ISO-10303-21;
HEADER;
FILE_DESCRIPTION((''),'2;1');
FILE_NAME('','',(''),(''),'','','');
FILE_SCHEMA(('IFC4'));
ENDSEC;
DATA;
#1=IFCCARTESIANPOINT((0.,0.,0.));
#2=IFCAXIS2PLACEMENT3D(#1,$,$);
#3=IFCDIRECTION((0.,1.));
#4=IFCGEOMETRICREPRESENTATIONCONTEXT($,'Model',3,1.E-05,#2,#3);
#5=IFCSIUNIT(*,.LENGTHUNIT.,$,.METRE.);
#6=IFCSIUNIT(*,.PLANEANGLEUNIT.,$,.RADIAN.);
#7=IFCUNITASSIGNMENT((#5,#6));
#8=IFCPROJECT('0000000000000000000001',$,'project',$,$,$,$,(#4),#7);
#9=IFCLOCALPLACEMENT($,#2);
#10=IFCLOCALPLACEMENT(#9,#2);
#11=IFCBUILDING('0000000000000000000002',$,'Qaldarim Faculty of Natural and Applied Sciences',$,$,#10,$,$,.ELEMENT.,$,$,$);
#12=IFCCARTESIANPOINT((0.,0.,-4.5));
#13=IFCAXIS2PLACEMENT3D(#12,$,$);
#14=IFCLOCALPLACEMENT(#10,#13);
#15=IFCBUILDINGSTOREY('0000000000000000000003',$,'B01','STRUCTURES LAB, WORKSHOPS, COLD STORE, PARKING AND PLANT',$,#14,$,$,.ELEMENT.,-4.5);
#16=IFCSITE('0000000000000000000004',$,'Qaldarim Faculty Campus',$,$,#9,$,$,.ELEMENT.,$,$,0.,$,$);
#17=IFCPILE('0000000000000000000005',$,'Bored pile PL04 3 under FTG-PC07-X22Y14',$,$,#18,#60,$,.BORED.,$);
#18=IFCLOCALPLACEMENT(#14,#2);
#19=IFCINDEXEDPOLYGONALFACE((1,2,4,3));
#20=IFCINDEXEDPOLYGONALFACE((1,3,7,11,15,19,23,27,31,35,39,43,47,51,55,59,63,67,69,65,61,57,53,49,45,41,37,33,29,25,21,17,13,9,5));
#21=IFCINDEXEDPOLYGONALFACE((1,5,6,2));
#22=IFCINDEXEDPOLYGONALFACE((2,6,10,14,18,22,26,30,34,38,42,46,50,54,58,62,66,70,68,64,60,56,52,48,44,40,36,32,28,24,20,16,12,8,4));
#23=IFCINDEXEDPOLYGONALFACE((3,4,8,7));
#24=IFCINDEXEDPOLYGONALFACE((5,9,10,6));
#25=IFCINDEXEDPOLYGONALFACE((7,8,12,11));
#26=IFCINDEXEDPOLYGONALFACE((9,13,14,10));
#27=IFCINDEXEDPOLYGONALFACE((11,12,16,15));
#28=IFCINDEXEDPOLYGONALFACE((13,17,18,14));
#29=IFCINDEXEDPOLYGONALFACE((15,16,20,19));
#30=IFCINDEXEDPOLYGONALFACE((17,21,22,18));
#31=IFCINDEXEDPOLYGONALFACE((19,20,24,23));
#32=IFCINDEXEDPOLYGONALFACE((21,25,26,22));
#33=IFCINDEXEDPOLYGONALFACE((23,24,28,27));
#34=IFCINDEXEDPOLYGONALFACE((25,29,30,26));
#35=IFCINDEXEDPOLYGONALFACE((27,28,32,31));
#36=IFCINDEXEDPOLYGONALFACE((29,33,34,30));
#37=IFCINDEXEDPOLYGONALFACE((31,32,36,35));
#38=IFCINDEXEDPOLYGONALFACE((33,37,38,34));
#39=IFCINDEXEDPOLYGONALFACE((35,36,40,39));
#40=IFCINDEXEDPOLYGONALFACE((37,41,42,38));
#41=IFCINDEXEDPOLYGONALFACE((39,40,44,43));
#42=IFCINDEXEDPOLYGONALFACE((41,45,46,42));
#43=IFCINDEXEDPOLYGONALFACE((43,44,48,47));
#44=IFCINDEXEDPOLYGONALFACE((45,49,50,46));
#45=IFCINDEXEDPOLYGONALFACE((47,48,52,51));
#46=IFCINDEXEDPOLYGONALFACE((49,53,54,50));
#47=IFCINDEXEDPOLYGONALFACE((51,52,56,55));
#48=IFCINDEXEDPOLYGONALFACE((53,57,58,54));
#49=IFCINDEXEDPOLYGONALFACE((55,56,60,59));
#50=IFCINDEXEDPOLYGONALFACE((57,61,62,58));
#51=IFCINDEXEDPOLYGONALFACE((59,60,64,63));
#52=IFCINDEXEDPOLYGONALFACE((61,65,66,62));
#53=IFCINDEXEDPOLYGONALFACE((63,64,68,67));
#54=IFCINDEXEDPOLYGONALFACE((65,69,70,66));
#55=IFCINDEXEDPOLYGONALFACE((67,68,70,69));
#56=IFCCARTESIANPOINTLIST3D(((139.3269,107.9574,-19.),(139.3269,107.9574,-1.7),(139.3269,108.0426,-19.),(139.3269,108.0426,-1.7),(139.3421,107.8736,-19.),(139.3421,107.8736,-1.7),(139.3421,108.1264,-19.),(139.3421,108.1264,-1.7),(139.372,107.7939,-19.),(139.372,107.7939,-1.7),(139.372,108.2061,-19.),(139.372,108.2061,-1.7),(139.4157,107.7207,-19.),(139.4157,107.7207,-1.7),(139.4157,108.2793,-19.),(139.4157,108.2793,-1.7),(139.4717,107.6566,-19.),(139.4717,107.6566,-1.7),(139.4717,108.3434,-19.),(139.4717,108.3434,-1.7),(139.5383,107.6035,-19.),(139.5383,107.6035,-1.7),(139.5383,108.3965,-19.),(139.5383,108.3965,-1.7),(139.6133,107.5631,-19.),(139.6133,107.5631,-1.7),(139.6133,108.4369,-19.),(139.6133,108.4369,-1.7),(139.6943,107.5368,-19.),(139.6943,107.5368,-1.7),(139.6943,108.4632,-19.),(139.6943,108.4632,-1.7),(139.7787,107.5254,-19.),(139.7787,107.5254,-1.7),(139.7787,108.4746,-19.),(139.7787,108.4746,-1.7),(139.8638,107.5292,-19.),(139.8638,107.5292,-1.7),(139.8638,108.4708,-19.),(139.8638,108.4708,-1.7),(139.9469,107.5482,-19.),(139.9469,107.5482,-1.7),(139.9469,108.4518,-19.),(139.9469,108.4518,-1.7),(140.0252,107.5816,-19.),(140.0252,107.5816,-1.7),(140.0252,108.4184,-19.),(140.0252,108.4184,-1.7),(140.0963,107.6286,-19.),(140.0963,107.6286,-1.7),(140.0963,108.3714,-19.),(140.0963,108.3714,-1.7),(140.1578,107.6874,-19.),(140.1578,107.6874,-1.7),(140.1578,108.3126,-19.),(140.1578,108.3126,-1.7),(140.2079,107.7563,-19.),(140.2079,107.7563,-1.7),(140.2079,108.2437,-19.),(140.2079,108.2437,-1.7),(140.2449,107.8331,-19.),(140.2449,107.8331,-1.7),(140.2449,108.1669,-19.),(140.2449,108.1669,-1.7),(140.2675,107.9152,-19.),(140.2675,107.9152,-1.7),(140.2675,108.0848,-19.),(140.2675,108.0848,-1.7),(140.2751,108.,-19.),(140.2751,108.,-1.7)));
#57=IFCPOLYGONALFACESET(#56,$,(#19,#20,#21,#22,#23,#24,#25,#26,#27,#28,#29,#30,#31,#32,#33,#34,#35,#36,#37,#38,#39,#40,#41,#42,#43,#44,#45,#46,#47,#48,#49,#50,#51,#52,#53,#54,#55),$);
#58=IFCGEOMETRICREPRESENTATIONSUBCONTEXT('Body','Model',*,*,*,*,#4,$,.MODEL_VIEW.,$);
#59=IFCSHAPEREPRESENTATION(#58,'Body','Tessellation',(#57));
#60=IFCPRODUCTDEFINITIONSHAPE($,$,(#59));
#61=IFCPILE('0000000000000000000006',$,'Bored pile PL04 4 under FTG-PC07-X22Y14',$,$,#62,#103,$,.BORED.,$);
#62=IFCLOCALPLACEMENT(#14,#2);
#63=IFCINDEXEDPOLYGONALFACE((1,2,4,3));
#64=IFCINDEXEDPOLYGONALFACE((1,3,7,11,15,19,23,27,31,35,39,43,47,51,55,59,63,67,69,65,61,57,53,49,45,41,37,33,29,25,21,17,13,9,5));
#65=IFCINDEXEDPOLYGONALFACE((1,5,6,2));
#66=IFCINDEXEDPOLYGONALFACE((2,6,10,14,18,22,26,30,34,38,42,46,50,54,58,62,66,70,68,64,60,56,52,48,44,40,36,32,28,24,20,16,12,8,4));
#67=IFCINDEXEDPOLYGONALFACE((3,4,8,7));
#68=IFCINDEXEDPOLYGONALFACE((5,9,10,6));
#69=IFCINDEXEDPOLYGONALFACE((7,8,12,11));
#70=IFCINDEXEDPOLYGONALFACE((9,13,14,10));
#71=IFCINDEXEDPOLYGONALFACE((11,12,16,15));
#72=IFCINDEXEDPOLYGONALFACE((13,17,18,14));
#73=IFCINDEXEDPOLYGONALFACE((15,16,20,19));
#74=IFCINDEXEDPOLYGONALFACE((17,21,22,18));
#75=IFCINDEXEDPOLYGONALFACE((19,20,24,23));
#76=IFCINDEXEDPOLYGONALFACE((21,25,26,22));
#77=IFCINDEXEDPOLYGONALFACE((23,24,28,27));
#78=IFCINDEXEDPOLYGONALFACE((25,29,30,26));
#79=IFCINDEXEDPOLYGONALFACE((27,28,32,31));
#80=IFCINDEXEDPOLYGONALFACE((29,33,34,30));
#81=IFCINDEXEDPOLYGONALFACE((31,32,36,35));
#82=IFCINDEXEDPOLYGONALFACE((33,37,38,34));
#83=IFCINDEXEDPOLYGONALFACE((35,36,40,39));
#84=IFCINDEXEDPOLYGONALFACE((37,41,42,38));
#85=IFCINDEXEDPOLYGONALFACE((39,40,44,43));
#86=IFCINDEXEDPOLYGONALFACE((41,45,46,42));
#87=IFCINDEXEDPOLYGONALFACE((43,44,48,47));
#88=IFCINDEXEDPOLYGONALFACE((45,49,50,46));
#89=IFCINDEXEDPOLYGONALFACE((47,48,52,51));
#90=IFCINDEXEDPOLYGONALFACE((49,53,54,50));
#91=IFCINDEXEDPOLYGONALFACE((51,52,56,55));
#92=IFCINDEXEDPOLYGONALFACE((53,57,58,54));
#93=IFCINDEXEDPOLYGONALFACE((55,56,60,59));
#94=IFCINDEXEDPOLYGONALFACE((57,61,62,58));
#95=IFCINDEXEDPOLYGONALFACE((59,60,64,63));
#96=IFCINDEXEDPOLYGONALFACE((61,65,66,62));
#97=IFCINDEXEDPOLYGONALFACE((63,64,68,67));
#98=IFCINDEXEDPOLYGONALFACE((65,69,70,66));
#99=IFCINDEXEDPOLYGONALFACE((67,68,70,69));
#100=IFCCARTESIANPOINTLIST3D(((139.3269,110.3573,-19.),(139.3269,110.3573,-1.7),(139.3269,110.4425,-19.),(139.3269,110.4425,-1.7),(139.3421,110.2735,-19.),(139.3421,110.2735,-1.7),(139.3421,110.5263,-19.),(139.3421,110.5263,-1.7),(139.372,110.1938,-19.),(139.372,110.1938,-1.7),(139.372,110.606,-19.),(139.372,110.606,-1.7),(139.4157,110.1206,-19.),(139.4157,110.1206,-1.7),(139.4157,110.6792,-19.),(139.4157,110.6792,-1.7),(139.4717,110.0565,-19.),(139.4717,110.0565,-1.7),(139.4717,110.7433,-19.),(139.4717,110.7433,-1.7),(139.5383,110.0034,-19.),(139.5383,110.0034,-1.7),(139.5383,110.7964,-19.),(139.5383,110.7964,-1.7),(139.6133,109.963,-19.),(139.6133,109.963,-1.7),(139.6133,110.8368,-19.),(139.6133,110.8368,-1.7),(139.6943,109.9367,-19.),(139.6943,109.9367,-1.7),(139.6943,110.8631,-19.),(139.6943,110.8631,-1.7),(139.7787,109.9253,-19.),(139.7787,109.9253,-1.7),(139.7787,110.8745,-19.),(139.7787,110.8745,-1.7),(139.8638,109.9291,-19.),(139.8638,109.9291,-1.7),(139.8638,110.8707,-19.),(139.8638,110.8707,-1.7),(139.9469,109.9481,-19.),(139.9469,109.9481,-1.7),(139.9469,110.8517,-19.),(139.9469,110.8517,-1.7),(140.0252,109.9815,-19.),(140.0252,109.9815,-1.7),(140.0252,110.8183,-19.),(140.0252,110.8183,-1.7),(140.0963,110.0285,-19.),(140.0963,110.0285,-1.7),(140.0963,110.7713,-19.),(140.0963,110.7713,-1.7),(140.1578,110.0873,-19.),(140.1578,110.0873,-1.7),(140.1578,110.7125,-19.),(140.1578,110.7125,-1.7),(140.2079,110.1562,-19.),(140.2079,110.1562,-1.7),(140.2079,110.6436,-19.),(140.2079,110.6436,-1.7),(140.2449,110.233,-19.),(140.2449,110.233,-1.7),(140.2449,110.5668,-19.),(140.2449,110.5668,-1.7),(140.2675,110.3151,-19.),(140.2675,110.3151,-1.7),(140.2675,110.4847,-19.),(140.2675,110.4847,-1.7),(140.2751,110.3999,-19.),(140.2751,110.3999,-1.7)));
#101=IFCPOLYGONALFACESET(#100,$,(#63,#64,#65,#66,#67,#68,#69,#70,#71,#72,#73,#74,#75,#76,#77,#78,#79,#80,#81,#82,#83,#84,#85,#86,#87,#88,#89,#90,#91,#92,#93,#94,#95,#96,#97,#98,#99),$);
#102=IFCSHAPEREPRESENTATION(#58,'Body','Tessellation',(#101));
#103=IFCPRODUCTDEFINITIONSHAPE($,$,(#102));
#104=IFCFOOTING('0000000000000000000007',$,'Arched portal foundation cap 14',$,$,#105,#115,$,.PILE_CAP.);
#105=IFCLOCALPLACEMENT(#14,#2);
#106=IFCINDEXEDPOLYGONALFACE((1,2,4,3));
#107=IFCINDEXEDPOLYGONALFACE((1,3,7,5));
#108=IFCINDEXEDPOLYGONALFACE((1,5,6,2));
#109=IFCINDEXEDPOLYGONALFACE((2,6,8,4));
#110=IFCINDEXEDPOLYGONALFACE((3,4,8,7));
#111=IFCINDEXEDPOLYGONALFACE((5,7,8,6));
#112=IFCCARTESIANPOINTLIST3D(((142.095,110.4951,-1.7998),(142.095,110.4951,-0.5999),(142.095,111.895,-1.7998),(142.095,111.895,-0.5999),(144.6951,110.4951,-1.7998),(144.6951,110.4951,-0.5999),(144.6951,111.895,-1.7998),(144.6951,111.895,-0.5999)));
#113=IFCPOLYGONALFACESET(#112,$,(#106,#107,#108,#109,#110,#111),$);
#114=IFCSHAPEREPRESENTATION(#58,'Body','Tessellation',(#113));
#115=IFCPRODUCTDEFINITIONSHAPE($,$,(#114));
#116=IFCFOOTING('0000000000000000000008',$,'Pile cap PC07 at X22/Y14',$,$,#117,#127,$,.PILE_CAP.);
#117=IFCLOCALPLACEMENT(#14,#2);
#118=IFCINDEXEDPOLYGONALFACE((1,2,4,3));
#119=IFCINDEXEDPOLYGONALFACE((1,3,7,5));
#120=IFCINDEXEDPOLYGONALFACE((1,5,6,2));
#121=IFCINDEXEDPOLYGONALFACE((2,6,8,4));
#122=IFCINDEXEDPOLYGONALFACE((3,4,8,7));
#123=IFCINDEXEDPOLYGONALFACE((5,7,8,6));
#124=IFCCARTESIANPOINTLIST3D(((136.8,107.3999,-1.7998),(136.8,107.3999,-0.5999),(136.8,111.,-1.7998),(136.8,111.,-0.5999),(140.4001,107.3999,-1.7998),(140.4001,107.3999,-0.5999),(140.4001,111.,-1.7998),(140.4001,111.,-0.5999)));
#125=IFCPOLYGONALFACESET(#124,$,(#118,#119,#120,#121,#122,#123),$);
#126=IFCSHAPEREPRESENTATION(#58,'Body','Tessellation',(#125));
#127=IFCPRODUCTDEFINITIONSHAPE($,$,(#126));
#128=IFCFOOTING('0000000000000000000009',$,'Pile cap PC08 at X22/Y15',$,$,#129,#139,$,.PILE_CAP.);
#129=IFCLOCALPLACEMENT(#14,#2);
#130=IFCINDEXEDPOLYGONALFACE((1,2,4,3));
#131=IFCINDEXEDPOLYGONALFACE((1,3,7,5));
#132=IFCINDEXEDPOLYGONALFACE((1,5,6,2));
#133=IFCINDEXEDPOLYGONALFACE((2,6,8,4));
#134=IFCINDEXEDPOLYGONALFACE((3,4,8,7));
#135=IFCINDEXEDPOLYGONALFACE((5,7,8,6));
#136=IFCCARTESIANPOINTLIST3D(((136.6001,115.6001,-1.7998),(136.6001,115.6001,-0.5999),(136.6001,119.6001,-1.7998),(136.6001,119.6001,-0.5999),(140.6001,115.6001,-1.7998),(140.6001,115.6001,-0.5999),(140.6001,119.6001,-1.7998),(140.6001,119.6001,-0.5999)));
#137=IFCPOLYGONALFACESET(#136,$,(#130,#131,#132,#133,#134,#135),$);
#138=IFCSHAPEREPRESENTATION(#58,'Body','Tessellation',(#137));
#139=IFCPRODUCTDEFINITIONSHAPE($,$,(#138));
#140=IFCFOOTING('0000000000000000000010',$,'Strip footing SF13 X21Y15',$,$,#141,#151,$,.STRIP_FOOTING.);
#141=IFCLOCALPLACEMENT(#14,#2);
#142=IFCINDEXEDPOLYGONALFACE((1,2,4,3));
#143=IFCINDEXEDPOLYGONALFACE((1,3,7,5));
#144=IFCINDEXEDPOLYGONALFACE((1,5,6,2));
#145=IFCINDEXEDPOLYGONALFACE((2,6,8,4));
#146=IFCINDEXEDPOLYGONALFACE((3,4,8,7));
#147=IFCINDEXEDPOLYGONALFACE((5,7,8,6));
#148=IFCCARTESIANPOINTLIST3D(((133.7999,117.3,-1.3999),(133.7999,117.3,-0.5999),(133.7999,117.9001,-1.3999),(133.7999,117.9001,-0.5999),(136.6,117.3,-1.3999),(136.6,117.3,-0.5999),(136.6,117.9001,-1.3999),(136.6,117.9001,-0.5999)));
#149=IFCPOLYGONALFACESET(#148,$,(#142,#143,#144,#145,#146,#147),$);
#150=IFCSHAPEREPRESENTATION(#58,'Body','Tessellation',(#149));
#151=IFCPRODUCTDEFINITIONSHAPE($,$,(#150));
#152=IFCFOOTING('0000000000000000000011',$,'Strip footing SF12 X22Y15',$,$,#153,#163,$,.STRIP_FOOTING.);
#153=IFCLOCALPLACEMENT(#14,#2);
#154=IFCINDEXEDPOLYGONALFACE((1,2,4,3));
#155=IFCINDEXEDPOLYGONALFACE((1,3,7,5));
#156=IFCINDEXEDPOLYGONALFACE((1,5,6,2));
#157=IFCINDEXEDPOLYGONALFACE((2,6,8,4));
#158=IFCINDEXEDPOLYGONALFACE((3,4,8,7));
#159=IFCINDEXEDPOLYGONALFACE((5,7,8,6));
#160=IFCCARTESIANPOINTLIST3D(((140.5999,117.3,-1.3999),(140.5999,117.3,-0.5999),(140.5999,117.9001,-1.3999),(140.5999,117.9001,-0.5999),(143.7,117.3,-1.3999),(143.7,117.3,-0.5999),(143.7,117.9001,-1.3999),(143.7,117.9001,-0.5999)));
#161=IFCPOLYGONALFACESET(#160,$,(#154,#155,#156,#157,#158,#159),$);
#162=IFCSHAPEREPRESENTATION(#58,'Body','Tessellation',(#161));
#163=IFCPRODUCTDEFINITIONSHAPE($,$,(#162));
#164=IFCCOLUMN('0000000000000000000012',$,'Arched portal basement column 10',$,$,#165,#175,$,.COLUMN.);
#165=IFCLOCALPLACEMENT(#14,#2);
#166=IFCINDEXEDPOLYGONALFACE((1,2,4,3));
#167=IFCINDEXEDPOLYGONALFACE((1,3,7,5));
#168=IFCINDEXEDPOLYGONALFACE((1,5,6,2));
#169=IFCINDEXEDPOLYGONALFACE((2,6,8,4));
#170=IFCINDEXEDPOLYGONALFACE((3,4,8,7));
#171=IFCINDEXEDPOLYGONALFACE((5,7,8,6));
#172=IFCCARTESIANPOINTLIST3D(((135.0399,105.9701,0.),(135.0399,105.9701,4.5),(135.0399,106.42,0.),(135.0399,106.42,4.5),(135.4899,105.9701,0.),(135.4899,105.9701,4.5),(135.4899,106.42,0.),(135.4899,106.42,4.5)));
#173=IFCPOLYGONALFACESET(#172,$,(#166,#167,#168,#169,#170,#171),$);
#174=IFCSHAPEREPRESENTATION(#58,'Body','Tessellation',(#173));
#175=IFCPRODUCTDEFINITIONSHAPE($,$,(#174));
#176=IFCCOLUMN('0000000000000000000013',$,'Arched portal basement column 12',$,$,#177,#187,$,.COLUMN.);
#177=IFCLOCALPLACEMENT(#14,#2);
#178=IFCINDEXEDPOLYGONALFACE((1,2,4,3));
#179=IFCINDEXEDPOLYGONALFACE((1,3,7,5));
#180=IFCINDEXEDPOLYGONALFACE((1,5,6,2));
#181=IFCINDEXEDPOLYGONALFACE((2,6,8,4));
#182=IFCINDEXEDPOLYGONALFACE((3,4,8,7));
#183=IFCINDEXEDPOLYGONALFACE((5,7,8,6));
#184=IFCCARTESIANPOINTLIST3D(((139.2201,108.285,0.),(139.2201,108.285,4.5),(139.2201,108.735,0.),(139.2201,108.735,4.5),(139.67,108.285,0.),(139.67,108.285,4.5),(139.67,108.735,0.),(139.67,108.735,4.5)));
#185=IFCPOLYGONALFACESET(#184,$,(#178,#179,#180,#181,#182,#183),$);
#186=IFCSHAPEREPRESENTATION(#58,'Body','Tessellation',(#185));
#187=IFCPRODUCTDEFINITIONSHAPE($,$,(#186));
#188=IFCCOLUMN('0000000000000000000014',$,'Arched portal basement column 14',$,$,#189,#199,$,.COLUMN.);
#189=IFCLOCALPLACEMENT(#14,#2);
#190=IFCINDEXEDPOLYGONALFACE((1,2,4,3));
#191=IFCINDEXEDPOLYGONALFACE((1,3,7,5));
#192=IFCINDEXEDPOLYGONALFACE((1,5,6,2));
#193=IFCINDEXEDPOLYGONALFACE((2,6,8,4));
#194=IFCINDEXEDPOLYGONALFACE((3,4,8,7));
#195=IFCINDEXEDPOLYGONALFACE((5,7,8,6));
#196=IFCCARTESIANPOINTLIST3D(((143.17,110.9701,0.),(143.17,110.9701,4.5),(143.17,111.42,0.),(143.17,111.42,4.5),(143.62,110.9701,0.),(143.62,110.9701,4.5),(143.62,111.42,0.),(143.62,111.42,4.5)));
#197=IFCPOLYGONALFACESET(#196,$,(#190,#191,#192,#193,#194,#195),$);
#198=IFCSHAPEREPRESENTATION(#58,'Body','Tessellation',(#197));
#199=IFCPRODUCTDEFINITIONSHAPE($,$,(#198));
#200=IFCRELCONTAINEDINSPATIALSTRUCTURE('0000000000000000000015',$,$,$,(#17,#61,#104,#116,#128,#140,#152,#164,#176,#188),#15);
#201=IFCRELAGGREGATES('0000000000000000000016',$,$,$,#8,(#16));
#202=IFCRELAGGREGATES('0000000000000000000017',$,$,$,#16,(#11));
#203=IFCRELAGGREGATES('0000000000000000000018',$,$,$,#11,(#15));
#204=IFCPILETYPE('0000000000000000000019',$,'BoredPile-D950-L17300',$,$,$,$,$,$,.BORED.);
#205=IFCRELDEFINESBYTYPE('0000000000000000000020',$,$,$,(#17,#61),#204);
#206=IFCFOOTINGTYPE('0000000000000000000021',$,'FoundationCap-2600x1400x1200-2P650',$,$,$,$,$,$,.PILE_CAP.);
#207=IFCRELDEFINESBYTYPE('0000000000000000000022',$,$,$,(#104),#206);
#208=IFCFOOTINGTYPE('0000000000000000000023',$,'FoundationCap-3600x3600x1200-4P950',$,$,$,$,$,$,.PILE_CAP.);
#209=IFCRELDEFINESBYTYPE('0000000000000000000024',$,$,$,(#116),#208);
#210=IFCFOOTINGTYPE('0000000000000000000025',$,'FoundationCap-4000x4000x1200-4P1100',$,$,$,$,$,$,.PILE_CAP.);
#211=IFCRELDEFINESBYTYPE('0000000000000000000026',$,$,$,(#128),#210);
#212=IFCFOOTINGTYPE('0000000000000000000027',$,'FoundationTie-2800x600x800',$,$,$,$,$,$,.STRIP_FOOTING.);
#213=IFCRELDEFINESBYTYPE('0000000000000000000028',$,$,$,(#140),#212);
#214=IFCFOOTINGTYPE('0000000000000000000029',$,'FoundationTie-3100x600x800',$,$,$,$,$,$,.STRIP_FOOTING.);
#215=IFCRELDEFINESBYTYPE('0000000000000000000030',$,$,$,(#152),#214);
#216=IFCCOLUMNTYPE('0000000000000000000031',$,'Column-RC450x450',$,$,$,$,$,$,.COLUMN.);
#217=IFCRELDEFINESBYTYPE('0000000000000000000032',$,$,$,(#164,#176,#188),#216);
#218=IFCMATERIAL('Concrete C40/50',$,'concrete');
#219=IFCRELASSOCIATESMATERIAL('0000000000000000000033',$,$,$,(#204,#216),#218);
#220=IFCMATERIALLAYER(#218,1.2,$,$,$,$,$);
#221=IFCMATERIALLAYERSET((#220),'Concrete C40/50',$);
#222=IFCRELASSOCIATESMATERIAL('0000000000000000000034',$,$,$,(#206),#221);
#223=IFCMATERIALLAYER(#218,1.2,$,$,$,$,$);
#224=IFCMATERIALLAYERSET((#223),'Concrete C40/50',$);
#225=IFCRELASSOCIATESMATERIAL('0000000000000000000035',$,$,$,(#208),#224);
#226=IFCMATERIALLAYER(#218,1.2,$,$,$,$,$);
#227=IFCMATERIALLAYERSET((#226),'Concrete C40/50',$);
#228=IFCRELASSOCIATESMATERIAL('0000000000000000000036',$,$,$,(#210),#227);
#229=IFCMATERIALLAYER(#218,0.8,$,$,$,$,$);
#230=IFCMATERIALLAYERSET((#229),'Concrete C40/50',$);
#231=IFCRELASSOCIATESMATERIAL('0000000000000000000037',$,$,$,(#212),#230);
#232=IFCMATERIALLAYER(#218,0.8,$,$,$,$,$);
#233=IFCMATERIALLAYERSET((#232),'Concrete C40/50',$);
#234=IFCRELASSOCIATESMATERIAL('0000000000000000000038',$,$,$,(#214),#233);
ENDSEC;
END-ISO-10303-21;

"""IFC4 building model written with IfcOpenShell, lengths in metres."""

from ifc_helpers import new_model, si_unit, direction, frame, origin, origin_2d, place, context, subcontext, project, spatial, rectangle, circle, extrude, material, layer, layer_set, material_profile, profile_set, type_object, element, save


model = new_model("IFC4")

# Units and contexts
model_context = context("Model", 3, precision=1e-05, world=origin(), true_north=direction((0.0, 1.0)))
body_context = subcontext(model_context, "Body", "Model", "MODEL_VIEW")
ifc_project = project(units=[si_unit("LENGTHUNIT", "METRE"), si_unit("PLANEANGLEUNIT", "RADIAN")], contexts=[model_context])

# Site, building, storey
site_placement = place(None, origin())
site = spatial("IfcSite", under=ifc_project, at=site_placement, Name="Qaldarim Faculty Campus", CompositionType="ELEMENT", RefElevation=0.0)
building_placement = place(site_placement, origin())
building = spatial("IfcBuilding", under=site, at=building_placement, Name="Qaldarim Faculty of Natural and Applied Sciences", CompositionType="ELEMENT")
storey_placement = place(building_placement, frame((0.0, 0.0, -4.5)))
storey = spatial("IfcBuildingStorey", under=building, at=storey_placement, Name="B01", Description="STRUCTURES LAB, WORKSHOPS, COLD STORE, PARKING AND PLANT", CompositionType="ELEMENT", Elevation=-4.5)

# Piles
ifc_material_1 = material(Name="Concrete C40/50", Category="concrete")
ifc_material_profile_1 = material_profile(ifc_material_1, circle(Radius=0.4751, at=origin_2d()), Name="PILE-D950")
ifc_profile_set_1 = profile_set([ifc_material_profile_1], Name="Concrete C40/50")
pile_type_1 = type_object("IfcPileType", Name="BoredPile-D950-L17300", PredefinedType="BORED", material=ifc_profile_set_1)
for number, where, z_axis, x_axis, name in (
    (1, (139.8, 108.0, -1.7), (0.0, 0.0, -1.0), (1.0, 0.0, 0.0), "Bored pile PL04 3 under FTG-PC07-X22Y14"),
    (2, (139.8, 110.3999, -1.7), (0.0, 0.0, -1.0), (1.0, 0.0, 0.0), "Bored pile PL04 4 under FTG-PC07-X22Y14"),
):
    element("IfcPile", number, at=place(storey_placement, frame(where, z_axis=z_axis, x_axis=x_axis)), inside=storey, type_object=pile_type_1, Name=name, PredefinedType="BORED", context=body_context, shape_type="SweptSolid", body=[
        extrude(circle(Radius=0.4751, at=origin_2d()), origin(), (0.0, 0.0, 1.0), 17.3),
    ])

# Footings
ifc_layer_1 = layer(ifc_material_1, 1.2)
ifc_layer_set_1 = layer_set([ifc_layer_1], Name="Concrete C40/50")
footing_type_1 = type_object("IfcFootingType", Name="FoundationCap-2600x1400x1200-2P650", PredefinedType="PILE_CAP", material=ifc_layer_set_1)
footing_1_placement = place(storey_placement, frame((143.395, 111.1951, -1.7998), z_axis=(0.0, 0.0, 1.0), x_axis=(1.0, 0.0, 0.0)))
element("IfcFooting", 3, at=footing_1_placement, inside=storey, type_object=footing_type_1, Name="Arched portal foundation cap 14", PredefinedType="PILE_CAP", context=body_context, shape_type="SweptSolid", body=[
    extrude(rectangle(XDim=2.6001, YDim=1.3999, at=origin_2d()), origin(), (0.0, 0.0, 1.0), 1.2),
])
ifc_layer_2 = layer(ifc_material_1, 1.2)
ifc_layer_set_2 = layer_set([ifc_layer_2], Name="Concrete C40/50")
footing_type_2 = type_object("IfcFootingType", Name="FoundationCap-3600x3600x1200-4P950", PredefinedType="PILE_CAP", material=ifc_layer_set_2)
footing_2_placement = place(storey_placement, frame((138.6001, 109.2, -1.7998), z_axis=(0.0, 0.0, 1.0), x_axis=(1.0, 0.0, 0.0)))
element("IfcFooting", 4, at=footing_2_placement, inside=storey, type_object=footing_type_2, Name="Pile cap PC07 at X22/Y14", PredefinedType="PILE_CAP", context=body_context, shape_type="SweptSolid", body=[
    extrude(rectangle(XDim=3.6001, YDim=3.6001, at=origin_2d()), origin(), (0.0, 0.0, 1.0), 1.2),
])
ifc_layer_3 = layer(ifc_material_1, 1.2)
ifc_layer_set_3 = layer_set([ifc_layer_3], Name="Concrete C40/50")
footing_type_3 = type_object("IfcFootingType", Name="FoundationCap-4000x4000x1200-4P1100", PredefinedType="PILE_CAP", material=ifc_layer_set_3)
footing_3_placement = place(storey_placement, frame((138.6001, 117.6001, -1.7998), z_axis=(0.0, 0.0, 1.0), x_axis=(1.0, 0.0, 0.0)))
element("IfcFooting", 5, at=footing_3_placement, inside=storey, type_object=footing_type_3, Name="Pile cap PC08 at X22/Y15", PredefinedType="PILE_CAP", context=body_context, shape_type="SweptSolid", body=[
    extrude(rectangle(XDim=4.0, YDim=4.0, at=origin_2d()), origin(), (0.0, 0.0, 1.0), 1.2),
])
ifc_layer_4 = layer(ifc_material_1, 0.8)
ifc_layer_set_4 = layer_set([ifc_layer_4], Name="Concrete C40/50")
footing_type_4 = type_object("IfcFootingType", Name="FoundationTie-2800x600x800", PredefinedType="STRIP_FOOTING", material=ifc_layer_set_4)
footing_4_placement = place(storey_placement, frame((135.2, 117.6001, -1.3999), z_axis=(0.0, 0.0, 1.0), x_axis=(1.0, 0.0, 0.0)))
element("IfcFooting", 6, at=footing_4_placement, inside=storey, type_object=footing_type_4, Name="Strip footing SF13 X21Y15", PredefinedType="STRIP_FOOTING", context=body_context, shape_type="SweptSolid", body=[
    extrude(rectangle(XDim=2.8, YDim=0.6001, at=origin_2d()), origin(), (0.0, 0.0, 1.0), 0.8),
])
ifc_layer_5 = layer(ifc_material_1, 0.8)
ifc_layer_set_5 = layer_set([ifc_layer_5], Name="Concrete C40/50")
footing_type_5 = type_object("IfcFootingType", Name="FoundationTie-3100x600x800", PredefinedType="STRIP_FOOTING", material=ifc_layer_set_5)
footing_5_placement = place(storey_placement, frame((142.1499, 117.6001, -1.3999), z_axis=(0.0, 0.0, 1.0), x_axis=(1.0, 0.0, 0.0)))
element("IfcFooting", 7, at=footing_5_placement, inside=storey, type_object=footing_type_5, Name="Strip footing SF12 X22Y15", PredefinedType="STRIP_FOOTING", context=body_context, shape_type="SweptSolid", body=[
    extrude(rectangle(XDim=3.1001, YDim=0.6001, at=origin_2d()), origin(), (0.0, 0.0, 1.0), 0.8),
])

# Columns
ifc_material_profile_2 = material_profile(ifc_material_1, rectangle(XDim=0.45, YDim=0.45, at=origin_2d()), Name="RC-C450x450")
ifc_profile_set_2 = profile_set([ifc_material_profile_2], Name="Concrete C40/50")
column_type_1 = type_object("IfcColumnType", Name="Column-RC450x450", PredefinedType="COLUMN", material=ifc_profile_set_2)
for number, where, z_axis, x_axis, name in (
    (8, (135.2649, 106.1951, 0.0), (0.0, 0.0, 1.0), (1.0, 0.0, 0.0), "Arched portal basement column 10"),
    (9, (139.4451, 108.51, 0.0), (0.0, 0.0, 1.0), (1.0, 0.0, 0.0), "Arched portal basement column 12"),
    (10, (143.395, 111.1951, 0.0), (0.0, 0.0, 1.0), (1.0, 0.0, 0.0), "Arched portal basement column 14"),
):
    element("IfcColumn", number, at=place(storey_placement, frame(where, z_axis=z_axis, x_axis=x_axis)), inside=storey, type_object=column_type_1, Name=name, PredefinedType="COLUMN", context=body_context, shape_type="SweptSolid", body=[
        extrude(rectangle(XDim=0.45, YDim=0.45, at=origin_2d()), origin(), (0.0, 0.0, 1.0), 4.5),
    ])

save(model, "model.ifc")
